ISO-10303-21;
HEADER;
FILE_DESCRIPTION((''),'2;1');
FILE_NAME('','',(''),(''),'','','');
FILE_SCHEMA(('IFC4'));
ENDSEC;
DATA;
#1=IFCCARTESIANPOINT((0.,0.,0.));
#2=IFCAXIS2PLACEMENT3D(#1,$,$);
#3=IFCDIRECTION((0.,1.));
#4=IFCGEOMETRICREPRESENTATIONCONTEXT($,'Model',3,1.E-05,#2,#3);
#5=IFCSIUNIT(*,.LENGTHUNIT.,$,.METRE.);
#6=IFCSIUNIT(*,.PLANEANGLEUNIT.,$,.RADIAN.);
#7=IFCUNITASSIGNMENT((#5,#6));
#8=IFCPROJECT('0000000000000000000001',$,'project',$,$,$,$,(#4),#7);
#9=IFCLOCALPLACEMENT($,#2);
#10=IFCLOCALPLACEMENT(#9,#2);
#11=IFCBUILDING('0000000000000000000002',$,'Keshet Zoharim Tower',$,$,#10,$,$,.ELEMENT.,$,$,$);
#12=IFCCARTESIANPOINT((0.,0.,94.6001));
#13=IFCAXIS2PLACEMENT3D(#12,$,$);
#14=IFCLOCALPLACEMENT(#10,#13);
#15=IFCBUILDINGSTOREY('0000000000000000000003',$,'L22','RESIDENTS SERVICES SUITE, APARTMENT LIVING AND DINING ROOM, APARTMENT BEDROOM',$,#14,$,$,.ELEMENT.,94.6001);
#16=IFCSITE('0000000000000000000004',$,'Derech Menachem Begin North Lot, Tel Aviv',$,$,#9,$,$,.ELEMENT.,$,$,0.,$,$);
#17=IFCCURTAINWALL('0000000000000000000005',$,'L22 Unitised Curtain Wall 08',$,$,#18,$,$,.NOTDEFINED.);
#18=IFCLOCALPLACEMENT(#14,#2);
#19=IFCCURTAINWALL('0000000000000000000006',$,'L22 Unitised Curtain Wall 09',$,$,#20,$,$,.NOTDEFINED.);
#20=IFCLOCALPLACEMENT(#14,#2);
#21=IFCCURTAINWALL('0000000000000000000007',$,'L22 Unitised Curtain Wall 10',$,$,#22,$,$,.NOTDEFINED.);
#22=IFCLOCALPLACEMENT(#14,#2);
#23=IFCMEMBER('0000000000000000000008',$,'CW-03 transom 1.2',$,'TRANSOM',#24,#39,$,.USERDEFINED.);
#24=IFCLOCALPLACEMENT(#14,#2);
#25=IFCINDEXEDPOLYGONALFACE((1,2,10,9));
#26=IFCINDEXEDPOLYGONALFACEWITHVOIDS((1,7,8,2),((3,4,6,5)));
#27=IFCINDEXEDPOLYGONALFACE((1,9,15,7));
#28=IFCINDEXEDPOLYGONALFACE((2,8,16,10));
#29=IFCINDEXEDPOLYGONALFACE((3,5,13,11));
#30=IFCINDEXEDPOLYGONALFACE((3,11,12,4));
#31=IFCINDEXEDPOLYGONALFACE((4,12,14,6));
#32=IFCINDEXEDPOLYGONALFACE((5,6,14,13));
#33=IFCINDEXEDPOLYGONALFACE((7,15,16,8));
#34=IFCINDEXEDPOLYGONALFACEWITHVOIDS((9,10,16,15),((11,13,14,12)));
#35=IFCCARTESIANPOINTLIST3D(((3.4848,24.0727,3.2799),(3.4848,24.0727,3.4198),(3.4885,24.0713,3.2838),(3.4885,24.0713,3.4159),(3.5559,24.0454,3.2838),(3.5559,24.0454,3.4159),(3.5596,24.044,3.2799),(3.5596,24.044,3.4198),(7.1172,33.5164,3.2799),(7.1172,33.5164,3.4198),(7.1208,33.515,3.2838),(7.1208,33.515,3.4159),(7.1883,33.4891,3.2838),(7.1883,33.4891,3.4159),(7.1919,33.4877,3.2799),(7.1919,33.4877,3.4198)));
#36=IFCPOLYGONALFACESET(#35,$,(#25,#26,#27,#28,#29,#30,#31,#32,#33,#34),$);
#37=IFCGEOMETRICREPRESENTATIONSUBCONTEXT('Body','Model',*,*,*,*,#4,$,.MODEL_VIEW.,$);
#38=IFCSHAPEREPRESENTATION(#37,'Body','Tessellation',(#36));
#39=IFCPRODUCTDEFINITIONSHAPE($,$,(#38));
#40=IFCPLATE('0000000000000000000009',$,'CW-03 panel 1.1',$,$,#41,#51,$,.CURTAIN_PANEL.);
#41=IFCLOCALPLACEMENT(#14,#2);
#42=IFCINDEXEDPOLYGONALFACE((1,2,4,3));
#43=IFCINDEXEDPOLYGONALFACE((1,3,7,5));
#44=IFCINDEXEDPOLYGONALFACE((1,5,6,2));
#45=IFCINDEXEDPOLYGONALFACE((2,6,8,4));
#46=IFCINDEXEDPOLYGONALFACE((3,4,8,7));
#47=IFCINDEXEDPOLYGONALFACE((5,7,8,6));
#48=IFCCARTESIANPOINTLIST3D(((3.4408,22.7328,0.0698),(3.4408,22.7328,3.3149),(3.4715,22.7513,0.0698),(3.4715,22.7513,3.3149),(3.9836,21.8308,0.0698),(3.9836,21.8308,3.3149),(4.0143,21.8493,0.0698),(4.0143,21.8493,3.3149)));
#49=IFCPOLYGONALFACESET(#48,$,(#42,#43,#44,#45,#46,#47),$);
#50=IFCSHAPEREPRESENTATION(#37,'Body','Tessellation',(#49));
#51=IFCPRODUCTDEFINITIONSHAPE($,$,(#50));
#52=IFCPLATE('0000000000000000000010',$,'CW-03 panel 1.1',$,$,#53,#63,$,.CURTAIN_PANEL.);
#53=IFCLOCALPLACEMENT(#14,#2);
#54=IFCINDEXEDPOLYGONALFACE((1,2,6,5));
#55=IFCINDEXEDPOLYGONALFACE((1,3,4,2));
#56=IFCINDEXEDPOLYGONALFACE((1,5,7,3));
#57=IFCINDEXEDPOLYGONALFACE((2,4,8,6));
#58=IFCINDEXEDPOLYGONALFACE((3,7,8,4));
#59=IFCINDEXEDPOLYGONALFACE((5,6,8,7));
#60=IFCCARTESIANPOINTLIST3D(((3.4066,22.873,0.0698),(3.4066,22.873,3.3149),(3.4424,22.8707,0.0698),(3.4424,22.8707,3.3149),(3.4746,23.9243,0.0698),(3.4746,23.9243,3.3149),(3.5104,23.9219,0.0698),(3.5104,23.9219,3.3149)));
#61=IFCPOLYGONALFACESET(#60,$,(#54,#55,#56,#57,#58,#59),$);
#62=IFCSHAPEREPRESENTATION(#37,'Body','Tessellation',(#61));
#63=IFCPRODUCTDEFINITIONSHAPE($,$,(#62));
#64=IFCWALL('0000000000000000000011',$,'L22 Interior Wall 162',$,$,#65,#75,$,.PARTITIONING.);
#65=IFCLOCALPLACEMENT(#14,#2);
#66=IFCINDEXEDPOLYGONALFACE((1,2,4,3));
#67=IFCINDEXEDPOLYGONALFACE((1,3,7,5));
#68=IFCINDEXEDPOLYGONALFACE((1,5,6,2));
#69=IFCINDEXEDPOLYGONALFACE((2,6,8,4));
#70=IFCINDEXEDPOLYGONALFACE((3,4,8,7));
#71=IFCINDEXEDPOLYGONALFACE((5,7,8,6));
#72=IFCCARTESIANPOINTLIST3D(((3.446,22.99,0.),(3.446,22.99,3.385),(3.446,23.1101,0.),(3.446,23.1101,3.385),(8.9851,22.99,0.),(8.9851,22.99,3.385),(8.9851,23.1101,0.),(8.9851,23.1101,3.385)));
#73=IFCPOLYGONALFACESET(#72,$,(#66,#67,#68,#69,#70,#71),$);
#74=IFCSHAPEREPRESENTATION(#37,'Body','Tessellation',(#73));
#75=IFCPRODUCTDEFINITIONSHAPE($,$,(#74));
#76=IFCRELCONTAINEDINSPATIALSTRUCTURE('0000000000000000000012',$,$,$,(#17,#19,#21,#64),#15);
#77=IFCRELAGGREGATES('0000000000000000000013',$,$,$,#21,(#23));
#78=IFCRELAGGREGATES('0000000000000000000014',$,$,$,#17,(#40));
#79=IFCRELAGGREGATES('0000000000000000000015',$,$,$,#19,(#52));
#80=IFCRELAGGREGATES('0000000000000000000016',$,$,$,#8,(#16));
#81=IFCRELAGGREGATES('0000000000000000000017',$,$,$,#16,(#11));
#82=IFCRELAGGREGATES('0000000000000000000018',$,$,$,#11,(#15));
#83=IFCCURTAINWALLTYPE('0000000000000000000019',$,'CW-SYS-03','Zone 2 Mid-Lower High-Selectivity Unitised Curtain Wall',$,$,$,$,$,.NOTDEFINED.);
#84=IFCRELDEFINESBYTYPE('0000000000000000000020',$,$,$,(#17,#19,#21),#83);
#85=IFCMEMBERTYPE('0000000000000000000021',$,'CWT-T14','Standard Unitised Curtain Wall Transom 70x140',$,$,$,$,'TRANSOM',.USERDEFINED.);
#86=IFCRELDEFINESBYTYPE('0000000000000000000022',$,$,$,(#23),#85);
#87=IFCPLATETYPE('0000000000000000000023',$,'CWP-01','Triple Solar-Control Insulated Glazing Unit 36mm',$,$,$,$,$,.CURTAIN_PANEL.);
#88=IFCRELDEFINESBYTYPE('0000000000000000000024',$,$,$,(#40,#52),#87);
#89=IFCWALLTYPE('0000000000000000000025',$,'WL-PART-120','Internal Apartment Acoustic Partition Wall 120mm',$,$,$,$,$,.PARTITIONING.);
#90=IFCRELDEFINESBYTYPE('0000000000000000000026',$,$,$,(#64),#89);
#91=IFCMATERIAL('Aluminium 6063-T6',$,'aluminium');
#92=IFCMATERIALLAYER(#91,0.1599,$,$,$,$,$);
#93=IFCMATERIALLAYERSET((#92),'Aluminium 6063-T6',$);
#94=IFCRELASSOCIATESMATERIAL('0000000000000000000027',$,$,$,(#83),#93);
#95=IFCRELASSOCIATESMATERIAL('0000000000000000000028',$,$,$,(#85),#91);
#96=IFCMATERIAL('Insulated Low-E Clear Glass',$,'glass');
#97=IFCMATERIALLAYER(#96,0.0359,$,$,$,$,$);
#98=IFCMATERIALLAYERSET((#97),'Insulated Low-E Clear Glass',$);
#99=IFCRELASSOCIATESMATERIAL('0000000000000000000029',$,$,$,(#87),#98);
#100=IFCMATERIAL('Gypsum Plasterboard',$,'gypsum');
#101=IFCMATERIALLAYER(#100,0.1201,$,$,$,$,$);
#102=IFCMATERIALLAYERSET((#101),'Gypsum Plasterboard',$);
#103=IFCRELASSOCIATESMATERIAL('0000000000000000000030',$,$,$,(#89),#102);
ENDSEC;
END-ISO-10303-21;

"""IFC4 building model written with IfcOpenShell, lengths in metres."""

from ifc_helpers import new_model, si_unit, direction, frame, frame_2d, origin, origin_2d, place, context, subcontext, project, spatial, rectangle, hollow_rectangle, extrude, material, layer, layer_set, material_profile, profile_set, type_object, element, aggregate, save


model = new_model("IFC4")

# Units and contexts
model_context = context("Model", 3, precision=1e-05, world=origin(), true_north=direction((0.0, 1.0)))
body_context = subcontext(model_context, "Body", "Model", "MODEL_VIEW")
ifc_project = project(units=[si_unit("LENGTHUNIT", "METRE"), si_unit("PLANEANGLEUNIT", "RADIAN")], contexts=[model_context])

# Site, building, storey
site_placement = place(None, origin())
site = spatial("IfcSite", under=ifc_project, at=site_placement, Name="Derech Menachem Begin North Lot, Tel Aviv", CompositionType="ELEMENT", RefElevation=0.0)
building_placement = place(site_placement, origin())
building = spatial("IfcBuilding", under=site, at=building_placement, Name="Keshet Zoharim Tower", CompositionType="ELEMENT")
storey_placement = place(building_placement, frame((0.0, 0.0, 94.6001)))
storey = spatial("IfcBuildingStorey", under=building, at=storey_placement, Name="L22", Description="RESIDENTS SERVICES SUITE, APARTMENT LIVING AND DINING ROOM, APARTMENT BEDROOM", CompositionType="ELEMENT", Elevation=94.6001)

# Shared definitions
ifc_material_1 = material(Name="Aluminium 6063-T6", Category="aluminium")
ifc_layer_1 = layer(ifc_material_1, 0.1599)
ifc_layer_set_1 = layer_set([ifc_layer_1], Name="Aluminium 6063-T6")
curtain_wall_type = type_object("IfcCurtainWallType", Name="CW-SYS-03", Description="Zone 2 Mid-Lower High-Selectivity Unitised Curtain Wall", PredefinedType="NOTDEFINED", material=ifc_layer_set_1)

# Curtain walls
curtain_wall_1_placement = place(storey_placement, origin())
curtain_wall_1 = element("IfcCurtainWall", 1, at=curtain_wall_1_placement, inside=storey, type_object=curtain_wall_type, Name="L22 Unitised Curtain Wall 08", PredefinedType="NOTDEFINED")
curtain_wall_2_placement = place(storey_placement, origin())
curtain_wall_2 = element("IfcCurtainWall", 2, at=curtain_wall_2_placement, inside=storey, type_object=curtain_wall_type, Name="L22 Unitised Curtain Wall 09", PredefinedType="NOTDEFINED")

# Curtain wall
curtain_wall_3_placement = place(storey_placement, origin())
curtain_wall_3 = element("IfcCurtainWall", 3, at=curtain_wall_3_placement, inside=storey, type_object=curtain_wall_type, Name="L22 Unitised Curtain Wall 10", PredefinedType="NOTDEFINED")

# Member
ifc_material_profile_1 = material_profile(ifc_material_1, hollow_rectangle(XDim=0.0801, YDim=0.1399, WallThickness=0.0039, at=origin_2d()), Name="TRN-80x140")
ifc_profile_set_1 = profile_set([ifc_material_profile_1], Name="Aluminium 6063-T6")
member_type_1 = type_object("IfcMemberType", Name="CWT-T14", Description="Standard Unitised Curtain Wall Transom 70x140", ElementType="TRANSOM", PredefinedType="USERDEFINED", material=ifc_profile_set_1)
member_1_placement = place(storey_placement, frame((3.5222, 24.0583, 3.3499), z_axis=(0.358994, 0.93334, 0.0), x_axis=(-0.93334, 0.358994, 0.0)))
member_1 = element("IfcMember", 4, at=member_1_placement, type_object=member_type_1, Name="CW-03 transom 1.2", ObjectType="TRANSOM", PredefinedType="USERDEFINED", context=body_context, shape_type="SweptSolid", body=[
    extrude(hollow_rectangle(XDim=0.0801, YDim=0.1399, WallThickness=0.0039, at=origin_2d()), origin(), (0.0, 0.0, 1.0), 10.1182),
])
aggregate(curtain_wall_3, [member_1])

# Plates
ifc_material_2 = material(Name="Insulated Low-E Clear Glass", Category="glass")
ifc_layer_2 = layer(ifc_material_2, 0.0359)
ifc_layer_set_2 = layer_set([ifc_layer_2], Name="Insulated Low-E Clear Glass")
plate_type = type_object("IfcPlateType", Name="CWP-01", Description="Triple Solar-Control Insulated Glazing Unit 36mm", PredefinedType="CURTAIN_PANEL", material=ifc_layer_set_2)
plate_1_placement = place(storey_placement, frame((3.7275, 22.291, 0.0698), z_axis=(0.0, 0.0, 1.0), x_axis=(-0.515605, 0.856826, 0.0)))
plate_1 = element("IfcPlate", 5, at=plate_1_placement, type_object=plate_type, Name="CW-03 panel 1.1", PredefinedType="CURTAIN_PANEL", context=body_context, shape_type="SweptSolid", body=[
    extrude(rectangle(XDim=1.0527, YDim=0.0359, at=origin_2d()), origin(), (0.0, 0.0, 1.0), 3.2451),
])
aggregate(curtain_wall_1, [plate_1])
plate_2_placement = place(storey_placement, frame((3.4585, 23.3975, 0.0698), z_axis=(0.0, 0.0, 1.0), x_axis=(0.064517, 0.997917, 0.0)))
plate_2 = element("IfcPlate", 6, at=plate_2_placement, type_object=plate_type, Name="CW-03 panel 1.1", PredefinedType="CURTAIN_PANEL", context=body_context, shape_type="SweptSolid", body=[
    extrude(rectangle(XDim=1.0535, YDim=0.0359, at=origin_2d()), origin(), (0.0, 0.0, 1.0), 3.2451),
])
aggregate(curtain_wall_2, [plate_2])

# Wall
ifc_material_3 = material(Name="Gypsum Plasterboard", Category="gypsum")
ifc_layer_3 = layer(ifc_material_3, 0.1201)
ifc_layer_set_3 = layer_set([ifc_layer_3], Name="Gypsum Plasterboard")
wall_type = type_object("IfcWallType", Name="WL-PART-120", Description="Internal Apartment Acoustic Partition Wall 120mm", PredefinedType="PARTITIONING", material=ifc_layer_set_3)
wall_placement = place(storey_placement, frame((3.446, 23.05, 0.0), z_axis=(0.0, 0.0, 1.0), x_axis=(1.0, 0.0, 0.0)))
element("IfcWall", 7, at=wall_placement, inside=storey, type_object=wall_type, Name="L22 Interior Wall 162", PredefinedType="PARTITIONING", context=body_context, shape_type="SweptSolid", body=[
    extrude(rectangle(XDim=5.5391, YDim=0.1201, at=frame_2d((2.7695, 0.0))), origin(), (0.0, 0.0, 1.0), 3.385),
])

save(model, "model.ifc")
